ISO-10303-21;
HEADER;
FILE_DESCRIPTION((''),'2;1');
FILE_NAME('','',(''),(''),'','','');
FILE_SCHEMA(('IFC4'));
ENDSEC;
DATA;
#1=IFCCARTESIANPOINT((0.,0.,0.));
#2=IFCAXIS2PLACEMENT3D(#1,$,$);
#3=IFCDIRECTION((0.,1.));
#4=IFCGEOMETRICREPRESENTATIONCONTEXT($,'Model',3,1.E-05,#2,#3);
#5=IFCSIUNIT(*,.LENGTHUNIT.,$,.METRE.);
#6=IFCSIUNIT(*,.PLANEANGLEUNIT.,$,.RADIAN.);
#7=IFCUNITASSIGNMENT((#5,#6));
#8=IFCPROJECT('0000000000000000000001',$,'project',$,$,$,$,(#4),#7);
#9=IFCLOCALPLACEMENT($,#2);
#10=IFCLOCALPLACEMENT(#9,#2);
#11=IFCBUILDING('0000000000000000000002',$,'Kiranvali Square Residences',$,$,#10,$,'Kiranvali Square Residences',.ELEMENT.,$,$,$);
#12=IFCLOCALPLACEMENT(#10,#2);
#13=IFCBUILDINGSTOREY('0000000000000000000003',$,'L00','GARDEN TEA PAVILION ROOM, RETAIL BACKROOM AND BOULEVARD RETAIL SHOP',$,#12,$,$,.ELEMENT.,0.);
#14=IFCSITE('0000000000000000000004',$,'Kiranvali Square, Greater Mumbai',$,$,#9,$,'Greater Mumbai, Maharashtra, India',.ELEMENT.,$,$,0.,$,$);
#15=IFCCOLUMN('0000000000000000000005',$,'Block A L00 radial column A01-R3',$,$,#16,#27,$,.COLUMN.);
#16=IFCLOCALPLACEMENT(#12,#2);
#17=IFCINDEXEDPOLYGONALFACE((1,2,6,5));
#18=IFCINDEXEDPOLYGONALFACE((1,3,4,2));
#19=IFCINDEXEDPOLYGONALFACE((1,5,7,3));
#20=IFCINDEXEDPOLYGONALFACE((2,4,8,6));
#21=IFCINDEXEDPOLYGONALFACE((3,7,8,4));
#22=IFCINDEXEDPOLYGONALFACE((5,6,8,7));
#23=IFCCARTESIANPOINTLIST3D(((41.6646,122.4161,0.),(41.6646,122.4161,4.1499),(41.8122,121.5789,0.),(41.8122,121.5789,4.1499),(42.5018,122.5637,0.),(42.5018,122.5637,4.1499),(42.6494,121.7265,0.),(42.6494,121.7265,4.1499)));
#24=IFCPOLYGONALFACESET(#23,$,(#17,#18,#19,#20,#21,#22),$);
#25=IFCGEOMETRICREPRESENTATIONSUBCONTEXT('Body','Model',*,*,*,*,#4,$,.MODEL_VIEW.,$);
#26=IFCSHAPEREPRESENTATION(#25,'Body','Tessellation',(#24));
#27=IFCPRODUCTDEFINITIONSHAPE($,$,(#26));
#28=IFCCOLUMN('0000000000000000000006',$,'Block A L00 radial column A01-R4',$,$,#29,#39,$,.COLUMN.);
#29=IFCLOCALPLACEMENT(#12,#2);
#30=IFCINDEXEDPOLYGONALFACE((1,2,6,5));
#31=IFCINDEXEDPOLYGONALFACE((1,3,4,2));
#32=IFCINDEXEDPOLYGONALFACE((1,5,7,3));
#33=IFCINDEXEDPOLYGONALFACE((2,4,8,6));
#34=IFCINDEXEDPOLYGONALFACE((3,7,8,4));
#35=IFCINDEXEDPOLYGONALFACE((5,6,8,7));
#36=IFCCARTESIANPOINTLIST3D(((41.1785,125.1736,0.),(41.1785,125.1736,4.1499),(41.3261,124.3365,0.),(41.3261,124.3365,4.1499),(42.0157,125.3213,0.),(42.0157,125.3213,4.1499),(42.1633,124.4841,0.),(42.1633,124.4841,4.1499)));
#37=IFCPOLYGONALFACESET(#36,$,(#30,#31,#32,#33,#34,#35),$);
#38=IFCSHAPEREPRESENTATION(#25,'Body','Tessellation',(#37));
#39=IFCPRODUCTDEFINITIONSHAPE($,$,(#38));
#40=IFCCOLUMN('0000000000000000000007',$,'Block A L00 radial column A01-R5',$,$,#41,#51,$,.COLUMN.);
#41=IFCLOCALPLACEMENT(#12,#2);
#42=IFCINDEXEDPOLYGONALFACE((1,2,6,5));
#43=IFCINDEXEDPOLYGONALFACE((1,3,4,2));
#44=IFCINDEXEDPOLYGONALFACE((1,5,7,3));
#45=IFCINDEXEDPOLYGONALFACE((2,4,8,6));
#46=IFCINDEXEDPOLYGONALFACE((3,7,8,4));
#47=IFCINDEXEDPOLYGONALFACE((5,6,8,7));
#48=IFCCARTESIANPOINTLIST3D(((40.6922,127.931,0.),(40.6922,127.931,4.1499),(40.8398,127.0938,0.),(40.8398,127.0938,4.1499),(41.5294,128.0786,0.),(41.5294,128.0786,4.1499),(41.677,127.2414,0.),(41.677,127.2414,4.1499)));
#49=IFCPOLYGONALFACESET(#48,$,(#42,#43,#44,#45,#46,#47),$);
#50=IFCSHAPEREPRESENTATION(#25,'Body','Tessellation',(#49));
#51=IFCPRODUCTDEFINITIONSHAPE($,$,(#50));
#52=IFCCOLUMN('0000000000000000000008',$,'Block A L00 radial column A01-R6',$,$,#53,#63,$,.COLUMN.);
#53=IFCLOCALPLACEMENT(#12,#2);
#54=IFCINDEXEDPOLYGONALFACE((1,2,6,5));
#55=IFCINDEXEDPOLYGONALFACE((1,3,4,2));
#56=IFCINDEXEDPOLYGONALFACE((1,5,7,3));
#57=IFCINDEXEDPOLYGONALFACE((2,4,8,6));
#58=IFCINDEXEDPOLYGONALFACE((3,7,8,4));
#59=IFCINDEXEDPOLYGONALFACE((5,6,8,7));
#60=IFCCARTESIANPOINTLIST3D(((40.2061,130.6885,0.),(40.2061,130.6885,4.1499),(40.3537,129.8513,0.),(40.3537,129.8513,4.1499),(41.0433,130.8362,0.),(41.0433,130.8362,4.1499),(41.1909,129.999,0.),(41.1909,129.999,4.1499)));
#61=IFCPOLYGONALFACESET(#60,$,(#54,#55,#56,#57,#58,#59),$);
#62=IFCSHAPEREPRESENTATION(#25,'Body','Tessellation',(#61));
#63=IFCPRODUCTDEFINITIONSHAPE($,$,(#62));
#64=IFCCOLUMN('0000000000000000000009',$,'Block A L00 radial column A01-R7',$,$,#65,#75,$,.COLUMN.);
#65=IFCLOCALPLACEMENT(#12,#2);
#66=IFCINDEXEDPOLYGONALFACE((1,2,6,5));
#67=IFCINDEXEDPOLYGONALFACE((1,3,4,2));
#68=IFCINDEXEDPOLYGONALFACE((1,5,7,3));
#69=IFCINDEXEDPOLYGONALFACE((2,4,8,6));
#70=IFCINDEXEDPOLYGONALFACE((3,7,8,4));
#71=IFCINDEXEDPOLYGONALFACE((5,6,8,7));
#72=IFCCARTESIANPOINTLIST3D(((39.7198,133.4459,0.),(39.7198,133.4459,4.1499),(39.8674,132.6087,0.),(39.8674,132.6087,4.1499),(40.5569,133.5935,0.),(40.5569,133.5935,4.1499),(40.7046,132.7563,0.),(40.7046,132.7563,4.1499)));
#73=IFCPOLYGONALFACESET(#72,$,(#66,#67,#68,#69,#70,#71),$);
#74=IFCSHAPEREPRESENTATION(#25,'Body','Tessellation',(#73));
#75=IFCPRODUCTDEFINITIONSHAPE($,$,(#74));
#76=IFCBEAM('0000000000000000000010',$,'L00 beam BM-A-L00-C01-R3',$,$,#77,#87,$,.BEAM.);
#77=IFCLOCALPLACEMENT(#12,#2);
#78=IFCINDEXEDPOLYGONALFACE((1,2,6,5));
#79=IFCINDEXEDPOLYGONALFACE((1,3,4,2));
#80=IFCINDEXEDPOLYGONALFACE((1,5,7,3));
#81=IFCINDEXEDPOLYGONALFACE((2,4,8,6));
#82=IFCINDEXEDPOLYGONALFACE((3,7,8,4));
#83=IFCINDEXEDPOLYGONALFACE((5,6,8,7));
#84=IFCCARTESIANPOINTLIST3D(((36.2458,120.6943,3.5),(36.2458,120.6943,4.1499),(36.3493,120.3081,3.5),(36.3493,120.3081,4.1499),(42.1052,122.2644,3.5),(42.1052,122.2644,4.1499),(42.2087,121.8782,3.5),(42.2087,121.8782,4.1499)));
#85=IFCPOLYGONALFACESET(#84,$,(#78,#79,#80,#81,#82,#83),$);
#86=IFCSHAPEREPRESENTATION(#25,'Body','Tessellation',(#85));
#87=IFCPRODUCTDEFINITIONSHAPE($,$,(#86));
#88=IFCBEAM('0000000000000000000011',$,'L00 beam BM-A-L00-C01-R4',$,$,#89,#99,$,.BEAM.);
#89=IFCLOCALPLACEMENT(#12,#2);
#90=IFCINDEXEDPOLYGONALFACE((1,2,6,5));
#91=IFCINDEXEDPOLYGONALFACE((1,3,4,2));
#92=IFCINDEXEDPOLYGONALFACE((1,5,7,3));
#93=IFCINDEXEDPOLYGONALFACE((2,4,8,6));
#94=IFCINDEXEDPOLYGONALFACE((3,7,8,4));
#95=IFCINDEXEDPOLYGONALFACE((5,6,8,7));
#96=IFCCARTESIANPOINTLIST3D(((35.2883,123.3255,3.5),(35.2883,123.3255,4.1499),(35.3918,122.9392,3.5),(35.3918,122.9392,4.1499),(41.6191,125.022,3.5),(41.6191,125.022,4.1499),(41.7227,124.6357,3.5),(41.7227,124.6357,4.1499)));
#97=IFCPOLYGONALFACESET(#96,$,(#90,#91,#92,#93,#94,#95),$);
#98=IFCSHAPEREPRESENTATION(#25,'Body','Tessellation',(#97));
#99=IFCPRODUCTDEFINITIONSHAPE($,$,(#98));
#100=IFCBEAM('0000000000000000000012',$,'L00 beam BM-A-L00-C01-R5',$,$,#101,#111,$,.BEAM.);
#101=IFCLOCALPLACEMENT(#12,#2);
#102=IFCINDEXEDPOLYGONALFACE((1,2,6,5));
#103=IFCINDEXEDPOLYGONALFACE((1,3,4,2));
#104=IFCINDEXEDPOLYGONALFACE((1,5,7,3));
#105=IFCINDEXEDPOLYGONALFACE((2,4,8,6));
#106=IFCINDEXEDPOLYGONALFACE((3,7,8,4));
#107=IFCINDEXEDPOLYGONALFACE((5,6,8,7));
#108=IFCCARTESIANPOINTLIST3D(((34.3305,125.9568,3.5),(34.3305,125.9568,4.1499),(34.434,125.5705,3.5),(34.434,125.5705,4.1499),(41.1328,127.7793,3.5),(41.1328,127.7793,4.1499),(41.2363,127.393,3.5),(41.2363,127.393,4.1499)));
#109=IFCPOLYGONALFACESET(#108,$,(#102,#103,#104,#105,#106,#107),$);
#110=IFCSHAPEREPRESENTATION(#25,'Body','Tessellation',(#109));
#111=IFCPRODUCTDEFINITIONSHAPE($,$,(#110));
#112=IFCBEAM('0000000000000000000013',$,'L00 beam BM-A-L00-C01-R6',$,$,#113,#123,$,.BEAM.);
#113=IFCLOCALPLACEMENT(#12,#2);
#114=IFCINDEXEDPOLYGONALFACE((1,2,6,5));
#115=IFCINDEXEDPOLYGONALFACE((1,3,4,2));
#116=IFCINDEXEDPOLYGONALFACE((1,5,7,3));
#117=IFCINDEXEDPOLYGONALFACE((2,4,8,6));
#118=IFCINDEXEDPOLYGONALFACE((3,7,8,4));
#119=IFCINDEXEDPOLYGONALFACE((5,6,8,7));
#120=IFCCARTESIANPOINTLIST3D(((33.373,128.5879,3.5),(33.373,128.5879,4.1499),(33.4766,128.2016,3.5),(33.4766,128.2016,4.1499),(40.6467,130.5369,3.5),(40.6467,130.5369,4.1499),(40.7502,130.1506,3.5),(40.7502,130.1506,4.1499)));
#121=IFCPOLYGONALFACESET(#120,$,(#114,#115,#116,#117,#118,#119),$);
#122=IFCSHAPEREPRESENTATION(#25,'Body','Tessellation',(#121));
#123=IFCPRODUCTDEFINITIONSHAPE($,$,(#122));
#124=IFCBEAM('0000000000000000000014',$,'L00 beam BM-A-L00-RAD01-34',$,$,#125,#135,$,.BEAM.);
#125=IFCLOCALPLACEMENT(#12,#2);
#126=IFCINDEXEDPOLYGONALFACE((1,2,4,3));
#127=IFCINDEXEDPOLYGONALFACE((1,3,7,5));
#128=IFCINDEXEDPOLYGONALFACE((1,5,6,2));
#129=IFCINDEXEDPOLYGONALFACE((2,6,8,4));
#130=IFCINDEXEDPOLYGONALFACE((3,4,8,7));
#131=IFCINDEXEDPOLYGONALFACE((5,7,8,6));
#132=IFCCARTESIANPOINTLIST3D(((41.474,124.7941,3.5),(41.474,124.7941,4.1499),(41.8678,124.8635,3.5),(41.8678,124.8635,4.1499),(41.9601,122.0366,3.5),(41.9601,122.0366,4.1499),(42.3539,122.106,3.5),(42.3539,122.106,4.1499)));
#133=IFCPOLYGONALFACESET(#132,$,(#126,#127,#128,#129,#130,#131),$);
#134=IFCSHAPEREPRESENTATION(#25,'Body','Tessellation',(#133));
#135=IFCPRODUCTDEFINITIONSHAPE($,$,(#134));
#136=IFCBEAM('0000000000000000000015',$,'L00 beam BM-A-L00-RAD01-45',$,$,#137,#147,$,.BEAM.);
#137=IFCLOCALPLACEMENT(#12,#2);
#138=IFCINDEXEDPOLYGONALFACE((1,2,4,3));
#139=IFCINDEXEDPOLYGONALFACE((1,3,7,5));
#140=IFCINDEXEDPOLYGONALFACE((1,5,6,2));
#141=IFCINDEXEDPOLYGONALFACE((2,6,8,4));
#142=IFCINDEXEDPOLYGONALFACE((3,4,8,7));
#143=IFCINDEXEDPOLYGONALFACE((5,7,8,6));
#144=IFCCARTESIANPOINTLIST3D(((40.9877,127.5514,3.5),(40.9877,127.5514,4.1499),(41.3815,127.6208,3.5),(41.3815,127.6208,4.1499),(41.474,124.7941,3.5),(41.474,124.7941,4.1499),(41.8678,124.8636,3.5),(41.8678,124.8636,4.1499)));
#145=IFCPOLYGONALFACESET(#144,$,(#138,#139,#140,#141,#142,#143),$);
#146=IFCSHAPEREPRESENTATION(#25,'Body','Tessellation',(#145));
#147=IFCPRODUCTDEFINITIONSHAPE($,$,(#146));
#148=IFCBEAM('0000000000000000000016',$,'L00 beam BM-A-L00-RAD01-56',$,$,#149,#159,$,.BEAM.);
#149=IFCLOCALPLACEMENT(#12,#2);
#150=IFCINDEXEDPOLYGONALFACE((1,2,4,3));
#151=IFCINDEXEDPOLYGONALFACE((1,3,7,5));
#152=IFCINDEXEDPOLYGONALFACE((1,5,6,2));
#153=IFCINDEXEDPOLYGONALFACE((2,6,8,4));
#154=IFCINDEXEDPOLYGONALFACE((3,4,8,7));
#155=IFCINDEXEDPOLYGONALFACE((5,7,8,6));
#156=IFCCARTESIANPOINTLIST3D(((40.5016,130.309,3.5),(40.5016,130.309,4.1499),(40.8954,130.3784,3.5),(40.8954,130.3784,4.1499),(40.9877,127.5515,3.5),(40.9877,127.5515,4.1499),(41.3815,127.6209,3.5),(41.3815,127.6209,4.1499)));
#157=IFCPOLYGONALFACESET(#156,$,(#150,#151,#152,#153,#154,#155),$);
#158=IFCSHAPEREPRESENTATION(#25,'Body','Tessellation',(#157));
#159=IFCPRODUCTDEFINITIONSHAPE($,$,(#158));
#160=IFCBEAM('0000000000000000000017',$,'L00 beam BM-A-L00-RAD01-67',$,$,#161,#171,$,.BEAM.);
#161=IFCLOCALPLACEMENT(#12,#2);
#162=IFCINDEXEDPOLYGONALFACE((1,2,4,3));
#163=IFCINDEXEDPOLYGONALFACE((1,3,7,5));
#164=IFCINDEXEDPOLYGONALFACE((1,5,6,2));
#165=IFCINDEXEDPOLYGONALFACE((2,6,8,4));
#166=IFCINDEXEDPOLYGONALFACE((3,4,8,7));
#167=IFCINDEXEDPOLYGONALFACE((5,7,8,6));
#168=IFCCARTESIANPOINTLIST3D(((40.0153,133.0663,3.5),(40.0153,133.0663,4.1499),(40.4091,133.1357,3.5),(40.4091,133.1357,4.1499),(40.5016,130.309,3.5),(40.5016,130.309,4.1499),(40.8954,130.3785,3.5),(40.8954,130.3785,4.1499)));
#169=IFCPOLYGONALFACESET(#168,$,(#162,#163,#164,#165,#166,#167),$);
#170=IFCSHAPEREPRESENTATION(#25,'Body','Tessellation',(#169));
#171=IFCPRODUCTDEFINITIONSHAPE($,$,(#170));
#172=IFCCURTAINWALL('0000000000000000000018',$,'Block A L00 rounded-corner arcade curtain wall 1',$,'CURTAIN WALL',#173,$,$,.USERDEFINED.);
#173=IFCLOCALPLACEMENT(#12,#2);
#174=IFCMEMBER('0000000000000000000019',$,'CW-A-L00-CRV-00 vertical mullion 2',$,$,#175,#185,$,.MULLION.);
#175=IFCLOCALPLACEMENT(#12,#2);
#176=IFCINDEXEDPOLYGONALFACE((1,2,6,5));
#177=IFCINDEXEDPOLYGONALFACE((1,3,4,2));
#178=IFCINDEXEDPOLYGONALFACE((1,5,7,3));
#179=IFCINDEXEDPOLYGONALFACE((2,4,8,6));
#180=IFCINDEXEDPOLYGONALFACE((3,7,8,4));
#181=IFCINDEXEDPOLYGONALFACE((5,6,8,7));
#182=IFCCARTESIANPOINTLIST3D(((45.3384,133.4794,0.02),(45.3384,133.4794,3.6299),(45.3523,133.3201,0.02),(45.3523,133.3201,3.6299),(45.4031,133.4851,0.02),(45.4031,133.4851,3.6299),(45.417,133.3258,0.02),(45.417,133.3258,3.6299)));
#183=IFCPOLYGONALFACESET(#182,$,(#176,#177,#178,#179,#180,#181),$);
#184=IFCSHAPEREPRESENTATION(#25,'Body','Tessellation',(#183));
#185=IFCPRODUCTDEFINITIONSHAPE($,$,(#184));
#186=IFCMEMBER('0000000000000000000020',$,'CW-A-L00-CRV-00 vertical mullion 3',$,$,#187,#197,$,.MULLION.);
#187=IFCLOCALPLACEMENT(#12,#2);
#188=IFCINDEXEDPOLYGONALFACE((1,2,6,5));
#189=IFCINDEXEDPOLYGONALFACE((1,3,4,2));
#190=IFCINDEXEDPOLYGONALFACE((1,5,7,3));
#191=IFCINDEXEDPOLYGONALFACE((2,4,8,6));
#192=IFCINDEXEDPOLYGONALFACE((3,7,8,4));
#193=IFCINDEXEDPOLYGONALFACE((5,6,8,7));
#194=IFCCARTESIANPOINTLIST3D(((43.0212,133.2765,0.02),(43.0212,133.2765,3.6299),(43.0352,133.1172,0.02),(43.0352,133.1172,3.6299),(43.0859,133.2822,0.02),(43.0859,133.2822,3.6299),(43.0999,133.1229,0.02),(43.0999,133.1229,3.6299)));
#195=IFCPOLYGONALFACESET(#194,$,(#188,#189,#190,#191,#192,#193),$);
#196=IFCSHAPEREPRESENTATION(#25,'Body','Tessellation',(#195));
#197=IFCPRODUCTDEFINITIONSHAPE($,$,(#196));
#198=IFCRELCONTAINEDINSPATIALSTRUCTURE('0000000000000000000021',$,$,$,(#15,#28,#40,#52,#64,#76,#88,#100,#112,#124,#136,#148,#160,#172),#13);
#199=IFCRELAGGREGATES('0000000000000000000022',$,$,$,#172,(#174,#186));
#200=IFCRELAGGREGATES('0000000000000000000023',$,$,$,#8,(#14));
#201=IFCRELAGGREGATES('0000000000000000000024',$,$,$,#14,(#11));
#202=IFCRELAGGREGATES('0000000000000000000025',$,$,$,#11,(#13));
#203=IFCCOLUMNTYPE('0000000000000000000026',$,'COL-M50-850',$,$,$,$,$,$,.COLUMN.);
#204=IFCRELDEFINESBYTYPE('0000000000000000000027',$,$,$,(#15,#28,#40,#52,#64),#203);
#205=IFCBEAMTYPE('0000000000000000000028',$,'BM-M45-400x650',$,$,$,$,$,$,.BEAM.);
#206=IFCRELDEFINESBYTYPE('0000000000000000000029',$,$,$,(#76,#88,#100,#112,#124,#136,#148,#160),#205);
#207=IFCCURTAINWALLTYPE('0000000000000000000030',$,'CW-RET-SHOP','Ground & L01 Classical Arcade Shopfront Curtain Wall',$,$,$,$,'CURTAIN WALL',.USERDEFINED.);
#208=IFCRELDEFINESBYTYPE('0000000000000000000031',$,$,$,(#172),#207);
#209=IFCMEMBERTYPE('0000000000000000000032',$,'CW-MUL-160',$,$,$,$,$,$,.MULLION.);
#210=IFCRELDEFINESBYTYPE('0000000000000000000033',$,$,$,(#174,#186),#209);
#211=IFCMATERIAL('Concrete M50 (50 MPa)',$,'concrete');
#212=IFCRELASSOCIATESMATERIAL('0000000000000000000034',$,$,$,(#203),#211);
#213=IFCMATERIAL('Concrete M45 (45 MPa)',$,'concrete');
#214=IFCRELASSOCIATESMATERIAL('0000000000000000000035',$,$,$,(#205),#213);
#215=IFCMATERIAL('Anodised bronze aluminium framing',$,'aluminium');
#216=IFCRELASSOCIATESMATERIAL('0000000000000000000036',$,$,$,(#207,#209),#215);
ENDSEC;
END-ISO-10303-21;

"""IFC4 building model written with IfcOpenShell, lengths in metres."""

from ifc_helpers import new_model, si_unit, direction, frame, origin, origin_2d, place, context, subcontext, project, spatial, rectangle, extrude, material, material_profile, profile_set, type_object, element, aggregate, save


model = new_model("IFC4")

# Units and contexts
model_context = context("Model", 3, precision=1e-05, world=origin(), true_north=direction((0.0, 1.0)))
body_context = subcontext(model_context, "Body", "Model", "MODEL_VIEW")
ifc_project = project(units=[si_unit("LENGTHUNIT", "METRE"), si_unit("PLANEANGLEUNIT", "RADIAN")], contexts=[model_context])

# Site, building, storey
site_placement = place(None, origin())
site = spatial("IfcSite", under=ifc_project, at=site_placement, Name="Kiranvali Square, Greater Mumbai", LongName="Greater Mumbai, Maharashtra, India", CompositionType="ELEMENT", RefElevation=0.0)
building_placement = place(site_placement, origin())
building = spatial("IfcBuilding", under=site, at=building_placement, Name="Kiranvali Square Residences", LongName="Kiranvali Square Residences", CompositionType="ELEMENT")
storey_placement = place(building_placement, origin())
storey = spatial("IfcBuildingStorey", under=building, at=storey_placement, Name="L00", Description="GARDEN TEA PAVILION ROOM, RETAIL BACKROOM AND BOULEVARD RETAIL SHOP", CompositionType="ELEMENT", Elevation=0.0)

# Columns
ifc_material_1 = material(Name="Concrete M50 (50 MPa)", Category="concrete")
ifc_material_profile_1 = material_profile(ifc_material_1, rectangle(XDim=0.8501, YDim=0.8501, at=origin_2d()), Name="RC 850x850")
ifc_profile_set_1 = profile_set([ifc_material_profile_1], Name="Concrete M50 (50 MPa)")
column_type = type_object("IfcColumnType", Name="COL-M50-850", PredefinedType="COLUMN", material=ifc_profile_set_1)
for number, where, z_axis, x_axis, name in (
    (1, (42.157, 122.0713, 0.0), (0.0, 0.0, 1.0), (0.984808, 0.173648, 0.0), "Block A L00 radial column A01-R3"),
    (2, (41.6709, 124.8289, 0.0), (0.0, 0.0, 1.0), (0.984808, 0.173648, 0.0), "Block A L00 radial column A01-R4"),
    (3, (41.1846, 127.5862, 0.0), (0.0, 0.0, 1.0), (0.984808, 0.173648, 0.0), "Block A L00 radial column A01-R5"),
    (4, (40.6985, 130.3438, 0.0), (0.0, 0.0, 1.0), (0.984808, 0.173648, 0.0), "Block A L00 radial column A01-R6"),
    (5, (40.2122, 133.1011, 0.0), (0.0, 0.0, 1.0), (0.984808, 0.173648, 0.0), "Block A L00 radial column A01-R7"),
):
    element("IfcColumn", number, at=place(storey_placement, frame(where, z_axis=z_axis, x_axis=x_axis)), inside=storey, type_object=column_type, Name=name, PredefinedType="COLUMN", context=body_context, shape_type="SweptSolid", body=[
        extrude(rectangle(XDim=0.8501, YDim=0.8501, at=origin_2d()), origin(), (0.0, 0.0, 1.0), 4.1499),
    ])

# Beams
ifc_material_2 = material(Name="Concrete M45 (45 MPa)", Category="concrete")
ifc_material_profile_2 = material_profile(ifc_material_2, rectangle(XDim=0.3999, YDim=0.6499, at=origin_2d()), Name="RC 400x650")
ifc_profile_set_2 = profile_set([ifc_material_profile_2], Name="Concrete M45 (45 MPa)")
beam_type_1 = type_object("IfcBeamType", Name="BM-M45-400x650", PredefinedType="BEAM", material=ifc_profile_set_2)
beam_1_placement = place(storey_placement, frame((42.157, 122.0713, 3.825), z_axis=(-0.965924, -0.258827, 0.0), x_axis=(0.258827, -0.965924, 0.0)))
element("IfcBeam", 6, at=beam_1_placement, inside=storey, type_object=beam_type_1, Name="L00 beam BM-A-L00-C01-R3", PredefinedType="BEAM", context=body_context, shape_type="SweptSolid", body=[
    extrude(rectangle(XDim=0.3999, YDim=0.6499, at=origin_2d()), origin(), (0.0, 0.0, 1.0), 6.0662),
])
beam_2_placement = place(storey_placement, frame((41.6709, 124.8289, 3.825), z_axis=(-0.965918, -0.258847, 0.0), x_axis=(0.258847, -0.965918, 0.0)))
element("IfcBeam", 7, at=beam_2_placement, inside=storey, type_object=beam_type_1, Name="L00 beam BM-A-L00-C01-R4", PredefinedType="BEAM", context=body_context, shape_type="SweptSolid", body=[
    extrude(rectangle(XDim=0.3999, YDim=0.6499, at=origin_2d()), origin(), (0.0, 0.0, 1.0), 6.5542),
])
beam_3_placement = place(storey_placement, frame((41.1846, 127.5862, 3.825), z_axis=(-0.965931, -0.2588, 0.0), x_axis=(0.2588, -0.965931, 0.0)))
element("IfcBeam", 8, at=beam_3_placement, inside=storey, type_object=beam_type_1, Name="L00 beam BM-A-L00-C01-R5", PredefinedType="BEAM", context=body_context, shape_type="SweptSolid", body=[
    extrude(rectangle(XDim=0.3999, YDim=0.6499, at=origin_2d()), origin(), (0.0, 0.0, 1.0), 7.0422),
])
beam_4_placement = place(storey_placement, frame((40.6985, 130.3438, 3.825), z_axis=(-0.965926, -0.258819, 0.0), x_axis=(0.258819, -0.965926, 0.0)))
element("IfcBeam", 9, at=beam_4_placement, inside=storey, type_object=beam_type_1, Name="L00 beam BM-A-L00-C01-R6", PredefinedType="BEAM", context=body_context, shape_type="SweptSolid", body=[
    extrude(rectangle(XDim=0.3999, YDim=0.6499, at=origin_2d()), origin(), (0.0, 0.0, 1.0), 7.5303),
])
beam_5_placement = place(storey_placement, frame((42.157, 122.0713, 3.825), z_axis=(-0.173596, 0.984817, 0.0), x_axis=(-0.984817, -0.173596, 0.0)))
element("IfcBeam", 10, at=beam_5_placement, inside=storey, type_object=beam_type_1, Name="L00 beam BM-A-L00-RAD01-34", PredefinedType="BEAM", context=body_context, shape_type="SweptSolid", body=[
    extrude(rectangle(XDim=0.3999, YDim=0.6499, at=origin_2d()), origin(), (0.0, 0.0, 1.0), 2.8),
])
beam_6_placement = place(storey_placement, frame((41.6709, 124.8289, 3.825), z_axis=(-0.173696, 0.984799, 0.0), x_axis=(-0.984799, -0.173696, 0.0)))
element("IfcBeam", 11, at=beam_6_placement, inside=storey, type_object=beam_type_1, Name="L00 beam BM-A-L00-RAD01-45", PredefinedType="BEAM", context=body_context, shape_type="SweptSolid", body=[
    extrude(rectangle(XDim=0.3999, YDim=0.6499, at=origin_2d()), origin(), (0.0, 0.0, 1.0), 2.7998),
])
beam_7_placement = place(storey_placement, frame((41.1846, 127.5862, 3.825), z_axis=(-0.173596, 0.984817, 0.0), x_axis=(-0.984817, -0.173596, 0.0)))
element("IfcBeam", 12, at=beam_7_placement, inside=storey, type_object=beam_type_1, Name="L00 beam BM-A-L00-RAD01-56", PredefinedType="BEAM", context=body_context, shape_type="SweptSolid", body=[
    extrude(rectangle(XDim=0.3999, YDim=0.6499, at=origin_2d()), origin(), (0.0, 0.0, 1.0), 2.8),
])
beam_8_placement = place(storey_placement, frame((40.6985, 130.3438, 3.825), z_axis=(-0.173696, 0.984799, 0.0), x_axis=(-0.984799, -0.173696, 0.0)))
element("IfcBeam", 13, at=beam_8_placement, inside=storey, type_object=beam_type_1, Name="L00 beam BM-A-L00-RAD01-67", PredefinedType="BEAM", context=body_context, shape_type="SweptSolid", body=[
    extrude(rectangle(XDim=0.3999, YDim=0.6499, at=origin_2d()), origin(), (0.0, 0.0, 1.0), 2.7998),
])

# Curtain wall, members
ifc_material_3 = material(Name="Anodised bronze aluminium framing", Category="aluminium")
curtain_wall_type = type_object("IfcCurtainWallType", Name="CW-RET-SHOP", Description="Ground & L01 Classical Arcade Shopfront Curtain Wall", ElementType="CURTAIN WALL", PredefinedType="USERDEFINED", material=ifc_material_3)
curtain_wall_1_placement = place(storey_placement, origin())
curtain_wall_1 = element("IfcCurtainWall", 14, at=curtain_wall_1_placement, inside=storey, type_object=curtain_wall_type, Name="Block A L00 rounded-corner arcade curtain wall 1", ObjectType="CURTAIN WALL", PredefinedType="USERDEFINED")
ifc_material_profile_3 = material_profile(ifc_material_3, rectangle(XDim=0.0649, YDim=0.1599, at=origin_2d()), Name="ALU 65x160")
ifc_profile_set_3 = profile_set([ifc_material_profile_3], Name="Anodised bronze aluminium framing")
member_type_1 = type_object("IfcMemberType", Name="CW-MUL-160", PredefinedType="MULLION", material=ifc_profile_set_3)
member_1_placement = place(storey_placement, frame((45.3777, 133.4026, 0.02), z_axis=(0.0, 0.0, 1.0), x_axis=(-0.996195, -0.087156, 0.0)))
member_1 = element("IfcMember", 15, at=member_1_placement, type_object=member_type_1, Name="CW-A-L00-CRV-00 vertical mullion 2", PredefinedType="MULLION", context=body_context, shape_type="SweptSolid", body=[
    extrude(rectangle(XDim=0.0649, YDim=0.1599, at=origin_2d()), origin(), (0.0, 0.0, 1.0), 3.6099),
])
member_2_placement = place(storey_placement, frame((43.0605, 133.1997, 0.02), z_axis=(0.0, 0.0, 1.0), x_axis=(-0.996195, -0.087156, 0.0)))
member_2 = element("IfcMember", 16, at=member_2_placement, type_object=member_type_1, Name="CW-A-L00-CRV-00 vertical mullion 3", PredefinedType="MULLION", context=body_context, shape_type="SweptSolid", body=[
    extrude(rectangle(XDim=0.0649, YDim=0.1599, at=origin_2d()), origin(), (0.0, 0.0, 1.0), 3.6099),
])

aggregate(curtain_wall_1, [member_1, member_2])

save(model, "model.ifc")
